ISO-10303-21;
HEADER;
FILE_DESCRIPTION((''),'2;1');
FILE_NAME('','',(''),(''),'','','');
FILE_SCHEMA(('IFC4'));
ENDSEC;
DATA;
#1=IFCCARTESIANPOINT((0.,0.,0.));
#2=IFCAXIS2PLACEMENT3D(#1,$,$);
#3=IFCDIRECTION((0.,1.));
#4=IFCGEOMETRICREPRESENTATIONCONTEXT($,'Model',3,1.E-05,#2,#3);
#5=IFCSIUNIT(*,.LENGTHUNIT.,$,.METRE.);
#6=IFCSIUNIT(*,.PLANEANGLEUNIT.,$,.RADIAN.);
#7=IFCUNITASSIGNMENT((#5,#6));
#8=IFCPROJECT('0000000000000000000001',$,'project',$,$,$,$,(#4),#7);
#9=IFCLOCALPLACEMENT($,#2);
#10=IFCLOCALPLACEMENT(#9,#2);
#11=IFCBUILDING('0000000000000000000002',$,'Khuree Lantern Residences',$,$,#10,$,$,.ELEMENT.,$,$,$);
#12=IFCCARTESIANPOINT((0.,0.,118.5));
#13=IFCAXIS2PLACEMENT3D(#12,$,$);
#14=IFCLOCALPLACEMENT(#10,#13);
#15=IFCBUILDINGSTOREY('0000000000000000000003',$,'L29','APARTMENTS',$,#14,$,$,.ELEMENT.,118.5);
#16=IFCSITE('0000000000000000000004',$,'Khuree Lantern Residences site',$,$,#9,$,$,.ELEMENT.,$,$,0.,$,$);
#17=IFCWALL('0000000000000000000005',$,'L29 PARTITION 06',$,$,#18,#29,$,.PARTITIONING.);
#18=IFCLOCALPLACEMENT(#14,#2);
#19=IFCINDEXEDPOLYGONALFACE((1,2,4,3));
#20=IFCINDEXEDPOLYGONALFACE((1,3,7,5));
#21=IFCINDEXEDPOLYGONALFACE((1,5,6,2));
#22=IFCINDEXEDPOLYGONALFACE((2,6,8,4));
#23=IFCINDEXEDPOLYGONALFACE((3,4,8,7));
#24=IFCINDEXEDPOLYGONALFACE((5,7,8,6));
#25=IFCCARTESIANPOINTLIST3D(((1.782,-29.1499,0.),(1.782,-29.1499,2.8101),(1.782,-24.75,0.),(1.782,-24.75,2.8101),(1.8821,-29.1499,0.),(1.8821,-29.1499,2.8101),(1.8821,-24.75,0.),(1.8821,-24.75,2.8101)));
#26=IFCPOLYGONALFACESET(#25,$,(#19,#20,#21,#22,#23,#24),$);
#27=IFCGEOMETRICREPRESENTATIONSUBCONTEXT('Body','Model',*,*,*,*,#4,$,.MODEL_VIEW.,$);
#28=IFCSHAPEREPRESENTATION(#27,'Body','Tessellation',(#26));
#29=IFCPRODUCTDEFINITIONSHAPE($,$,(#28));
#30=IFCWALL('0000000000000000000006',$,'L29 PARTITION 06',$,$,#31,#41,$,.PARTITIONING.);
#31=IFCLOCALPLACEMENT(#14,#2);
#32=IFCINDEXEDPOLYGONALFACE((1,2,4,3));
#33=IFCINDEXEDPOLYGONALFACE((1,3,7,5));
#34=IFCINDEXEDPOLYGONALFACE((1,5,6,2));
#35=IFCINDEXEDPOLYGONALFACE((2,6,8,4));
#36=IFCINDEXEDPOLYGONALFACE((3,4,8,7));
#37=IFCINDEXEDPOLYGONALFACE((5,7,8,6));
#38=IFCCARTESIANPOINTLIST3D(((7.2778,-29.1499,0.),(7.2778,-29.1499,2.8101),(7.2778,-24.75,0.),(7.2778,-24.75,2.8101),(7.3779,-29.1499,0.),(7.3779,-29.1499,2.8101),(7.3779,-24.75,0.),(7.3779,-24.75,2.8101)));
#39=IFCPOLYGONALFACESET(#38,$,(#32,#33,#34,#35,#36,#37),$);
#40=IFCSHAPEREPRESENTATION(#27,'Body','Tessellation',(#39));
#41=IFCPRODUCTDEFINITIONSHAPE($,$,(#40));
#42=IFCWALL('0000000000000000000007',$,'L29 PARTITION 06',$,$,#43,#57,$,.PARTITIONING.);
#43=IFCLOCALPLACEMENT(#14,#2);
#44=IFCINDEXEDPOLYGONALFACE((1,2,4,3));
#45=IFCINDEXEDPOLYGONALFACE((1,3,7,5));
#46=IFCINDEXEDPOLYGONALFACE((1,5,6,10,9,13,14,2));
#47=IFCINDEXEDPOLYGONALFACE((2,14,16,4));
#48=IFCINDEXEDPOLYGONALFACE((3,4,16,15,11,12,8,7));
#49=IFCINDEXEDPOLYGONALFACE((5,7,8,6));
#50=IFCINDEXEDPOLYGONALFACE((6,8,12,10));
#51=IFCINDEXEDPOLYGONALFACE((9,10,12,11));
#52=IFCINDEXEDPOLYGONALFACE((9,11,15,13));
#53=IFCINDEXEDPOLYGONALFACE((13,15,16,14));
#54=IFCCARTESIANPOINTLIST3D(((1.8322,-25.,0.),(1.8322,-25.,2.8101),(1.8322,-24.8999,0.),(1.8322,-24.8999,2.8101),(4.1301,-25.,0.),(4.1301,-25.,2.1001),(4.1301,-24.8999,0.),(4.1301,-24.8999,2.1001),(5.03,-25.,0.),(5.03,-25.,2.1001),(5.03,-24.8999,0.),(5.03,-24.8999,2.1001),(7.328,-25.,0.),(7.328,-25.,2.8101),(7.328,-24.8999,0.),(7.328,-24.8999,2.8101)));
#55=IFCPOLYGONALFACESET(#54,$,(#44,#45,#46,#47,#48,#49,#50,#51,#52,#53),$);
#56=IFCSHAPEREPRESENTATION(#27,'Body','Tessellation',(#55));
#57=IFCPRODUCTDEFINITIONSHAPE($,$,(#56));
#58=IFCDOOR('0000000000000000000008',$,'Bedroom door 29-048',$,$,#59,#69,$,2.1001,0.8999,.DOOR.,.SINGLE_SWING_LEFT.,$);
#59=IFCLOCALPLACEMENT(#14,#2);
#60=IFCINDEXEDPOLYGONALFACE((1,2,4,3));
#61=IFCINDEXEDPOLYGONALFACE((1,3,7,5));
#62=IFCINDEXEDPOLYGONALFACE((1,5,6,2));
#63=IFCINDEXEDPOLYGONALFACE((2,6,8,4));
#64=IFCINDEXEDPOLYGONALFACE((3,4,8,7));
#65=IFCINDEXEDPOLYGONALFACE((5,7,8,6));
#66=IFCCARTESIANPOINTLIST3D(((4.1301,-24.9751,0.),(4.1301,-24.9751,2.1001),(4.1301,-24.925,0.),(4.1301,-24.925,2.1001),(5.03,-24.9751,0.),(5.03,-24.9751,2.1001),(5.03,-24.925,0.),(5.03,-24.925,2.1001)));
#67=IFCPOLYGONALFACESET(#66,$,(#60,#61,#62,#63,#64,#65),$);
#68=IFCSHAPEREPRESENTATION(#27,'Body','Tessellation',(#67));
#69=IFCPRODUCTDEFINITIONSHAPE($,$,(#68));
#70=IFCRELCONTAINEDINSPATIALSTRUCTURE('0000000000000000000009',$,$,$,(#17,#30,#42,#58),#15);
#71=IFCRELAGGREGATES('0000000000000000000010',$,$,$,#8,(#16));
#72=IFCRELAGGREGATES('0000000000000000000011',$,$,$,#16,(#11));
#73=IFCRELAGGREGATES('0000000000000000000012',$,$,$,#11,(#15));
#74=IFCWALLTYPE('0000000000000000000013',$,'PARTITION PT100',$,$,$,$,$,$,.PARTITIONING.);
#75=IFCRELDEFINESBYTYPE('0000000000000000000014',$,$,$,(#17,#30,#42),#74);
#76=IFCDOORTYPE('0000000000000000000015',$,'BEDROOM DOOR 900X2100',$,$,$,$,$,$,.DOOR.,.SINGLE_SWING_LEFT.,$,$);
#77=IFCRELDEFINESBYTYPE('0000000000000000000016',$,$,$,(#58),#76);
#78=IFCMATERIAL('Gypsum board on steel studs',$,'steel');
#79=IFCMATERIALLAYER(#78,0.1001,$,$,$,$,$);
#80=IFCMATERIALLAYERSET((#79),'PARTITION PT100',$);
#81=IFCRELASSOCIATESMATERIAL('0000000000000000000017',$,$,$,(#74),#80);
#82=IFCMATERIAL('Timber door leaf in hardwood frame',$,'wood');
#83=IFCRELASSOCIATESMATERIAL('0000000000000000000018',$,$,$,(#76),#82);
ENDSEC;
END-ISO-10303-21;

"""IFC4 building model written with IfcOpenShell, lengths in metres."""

from ifc_helpers import new_model, si_unit, direction, frame, frame_2d, origin, place, context, subcontext, project, spatial, rectangle, extrude, material, layer, layer_set, type_object, element, fill, save


model = new_model("IFC4")

# Units and contexts
model_context = context("Model", 3, precision=1e-05, world=origin(), true_north=direction((0.0, 1.0)))
body_context = subcontext(model_context, "Body", "Model", "MODEL_VIEW")
ifc_project = project(units=[si_unit("LENGTHUNIT", "METRE"), si_unit("PLANEANGLEUNIT", "RADIAN")], contexts=[model_context])

# Site, building, storey
site_placement = place(None, origin())
site = spatial("IfcSite", under=ifc_project, at=site_placement, Name="Khuree Lantern Residences site", CompositionType="ELEMENT", RefElevation=0.0)
building_placement = place(site_placement, origin())
building = spatial("IfcBuilding", under=site, at=building_placement, Name="Khuree Lantern Residences", CompositionType="ELEMENT")
storey_placement = place(building_placement, frame((0.0, 0.0, 118.5)))
storey = spatial("IfcBuildingStorey", under=building, at=storey_placement, Name="L29", Description="APARTMENTS", CompositionType="ELEMENT", Elevation=118.5)

# Shared definitions
ifc_material_1 = material(Name="Timber door leaf in hardwood frame", Category="wood")

# Walls
ifc_material_2 = material(Name="Gypsum board on steel studs", Category="steel")
ifc_layer_1 = layer(ifc_material_2, 0.1001)
ifc_layer_set_1 = layer_set([ifc_layer_1], Name="PARTITION PT100")
wall_type_1 = type_object("IfcWallType", Name="PARTITION PT100", PredefinedType="PARTITIONING", material=ifc_layer_set_1)
for number, where, z_axis, x_axis, name in (
    (1, (1.832, -24.75, 0.0), (0.0, 0.0, 1.0), (0.0, -1.0, 0.0), "L29 PARTITION 06"),
    (2, (7.3279, -24.75, 0.0), (0.0, 0.0, 1.0), (0.0, -1.0, 0.0), "L29 PARTITION 06"),
):
    element("IfcWall", number, at=place(storey_placement, frame(where, z_axis=z_axis, x_axis=x_axis)), inside=storey, type_object=wall_type_1, Name=name, PredefinedType="PARTITIONING", context=body_context, shape_type="SweptSolid", body=[
        extrude(rectangle(XDim=4.3999, YDim=0.1001, at=frame_2d((2.2, 0.0))), origin(), (0.0, 0.0, 1.0), 2.8101),
    ])

# Wall, opening, door
wall_1_placement = place(storey_placement, frame((1.832, -24.95, 0.0), z_axis=(0.0, 0.0, 1.0), x_axis=(1.0, 0.0, 0.0)))
wall_1 = element("IfcWall", 3, at=wall_1_placement, inside=storey, type_object=wall_type_1, Name="L29 PARTITION 06", PredefinedType="PARTITIONING", context=body_context, shape_type="SweptSolid", body=[
    extrude(rectangle(XDim=5.4958, YDim=0.1001, at=frame_2d((2.748, 0.0))), origin(), (0.0, 0.0, 1.0), 2.8101),
])
opening_1_placement = place(wall_1_placement, frame((2.2981, 0.0, 0.0)))
opening_1 = element("IfcOpeningElement", 4, at=opening_1_placement, cuts=wall_1, PredefinedType="OPENING", context=body_context, shape_type="SweptSolid", body=[
    extrude(rectangle(XDim=0.8999, YDim=2.1001, at=frame_2d((0.45, 1.05))), frame((0.0, 0.0601, 0.0), z_axis=(0.0, -1.0, 0.0), x_axis=(1.0, 0.0, 0.0)), (0.0, 0.0, 1.0), 0.1201),
])
door_type_1 = type_object("IfcDoorType", Name="BEDROOM DOOR 900X2100", OperationType="SINGLE_SWING_LEFT", PredefinedType="DOOR", material=ifc_material_1)
door_1_placement = place(opening_1_placement, origin())
door_1 = element("IfcDoor", 5, at=door_1_placement, inside=storey, type_object=door_type_1, Name="Bedroom door 29-048", OperationType="SINGLE_SWING_LEFT", OverallHeight=2.1001, OverallWidth=0.8999, PredefinedType="DOOR", context=body_context, shape_type="SweptSolid", body=[
    extrude(rectangle(XDim=0.8999, YDim=2.1001, at=frame_2d((0.45, 1.05))), frame((0.0, 0.0249, 0.0), z_axis=(0.0, -1.0, 0.0), x_axis=(1.0, 0.0, 0.0)), (0.0, 0.0, 1.0), 0.05),
])
fill(opening_1, door_1)

save(model, "model.ifc")
